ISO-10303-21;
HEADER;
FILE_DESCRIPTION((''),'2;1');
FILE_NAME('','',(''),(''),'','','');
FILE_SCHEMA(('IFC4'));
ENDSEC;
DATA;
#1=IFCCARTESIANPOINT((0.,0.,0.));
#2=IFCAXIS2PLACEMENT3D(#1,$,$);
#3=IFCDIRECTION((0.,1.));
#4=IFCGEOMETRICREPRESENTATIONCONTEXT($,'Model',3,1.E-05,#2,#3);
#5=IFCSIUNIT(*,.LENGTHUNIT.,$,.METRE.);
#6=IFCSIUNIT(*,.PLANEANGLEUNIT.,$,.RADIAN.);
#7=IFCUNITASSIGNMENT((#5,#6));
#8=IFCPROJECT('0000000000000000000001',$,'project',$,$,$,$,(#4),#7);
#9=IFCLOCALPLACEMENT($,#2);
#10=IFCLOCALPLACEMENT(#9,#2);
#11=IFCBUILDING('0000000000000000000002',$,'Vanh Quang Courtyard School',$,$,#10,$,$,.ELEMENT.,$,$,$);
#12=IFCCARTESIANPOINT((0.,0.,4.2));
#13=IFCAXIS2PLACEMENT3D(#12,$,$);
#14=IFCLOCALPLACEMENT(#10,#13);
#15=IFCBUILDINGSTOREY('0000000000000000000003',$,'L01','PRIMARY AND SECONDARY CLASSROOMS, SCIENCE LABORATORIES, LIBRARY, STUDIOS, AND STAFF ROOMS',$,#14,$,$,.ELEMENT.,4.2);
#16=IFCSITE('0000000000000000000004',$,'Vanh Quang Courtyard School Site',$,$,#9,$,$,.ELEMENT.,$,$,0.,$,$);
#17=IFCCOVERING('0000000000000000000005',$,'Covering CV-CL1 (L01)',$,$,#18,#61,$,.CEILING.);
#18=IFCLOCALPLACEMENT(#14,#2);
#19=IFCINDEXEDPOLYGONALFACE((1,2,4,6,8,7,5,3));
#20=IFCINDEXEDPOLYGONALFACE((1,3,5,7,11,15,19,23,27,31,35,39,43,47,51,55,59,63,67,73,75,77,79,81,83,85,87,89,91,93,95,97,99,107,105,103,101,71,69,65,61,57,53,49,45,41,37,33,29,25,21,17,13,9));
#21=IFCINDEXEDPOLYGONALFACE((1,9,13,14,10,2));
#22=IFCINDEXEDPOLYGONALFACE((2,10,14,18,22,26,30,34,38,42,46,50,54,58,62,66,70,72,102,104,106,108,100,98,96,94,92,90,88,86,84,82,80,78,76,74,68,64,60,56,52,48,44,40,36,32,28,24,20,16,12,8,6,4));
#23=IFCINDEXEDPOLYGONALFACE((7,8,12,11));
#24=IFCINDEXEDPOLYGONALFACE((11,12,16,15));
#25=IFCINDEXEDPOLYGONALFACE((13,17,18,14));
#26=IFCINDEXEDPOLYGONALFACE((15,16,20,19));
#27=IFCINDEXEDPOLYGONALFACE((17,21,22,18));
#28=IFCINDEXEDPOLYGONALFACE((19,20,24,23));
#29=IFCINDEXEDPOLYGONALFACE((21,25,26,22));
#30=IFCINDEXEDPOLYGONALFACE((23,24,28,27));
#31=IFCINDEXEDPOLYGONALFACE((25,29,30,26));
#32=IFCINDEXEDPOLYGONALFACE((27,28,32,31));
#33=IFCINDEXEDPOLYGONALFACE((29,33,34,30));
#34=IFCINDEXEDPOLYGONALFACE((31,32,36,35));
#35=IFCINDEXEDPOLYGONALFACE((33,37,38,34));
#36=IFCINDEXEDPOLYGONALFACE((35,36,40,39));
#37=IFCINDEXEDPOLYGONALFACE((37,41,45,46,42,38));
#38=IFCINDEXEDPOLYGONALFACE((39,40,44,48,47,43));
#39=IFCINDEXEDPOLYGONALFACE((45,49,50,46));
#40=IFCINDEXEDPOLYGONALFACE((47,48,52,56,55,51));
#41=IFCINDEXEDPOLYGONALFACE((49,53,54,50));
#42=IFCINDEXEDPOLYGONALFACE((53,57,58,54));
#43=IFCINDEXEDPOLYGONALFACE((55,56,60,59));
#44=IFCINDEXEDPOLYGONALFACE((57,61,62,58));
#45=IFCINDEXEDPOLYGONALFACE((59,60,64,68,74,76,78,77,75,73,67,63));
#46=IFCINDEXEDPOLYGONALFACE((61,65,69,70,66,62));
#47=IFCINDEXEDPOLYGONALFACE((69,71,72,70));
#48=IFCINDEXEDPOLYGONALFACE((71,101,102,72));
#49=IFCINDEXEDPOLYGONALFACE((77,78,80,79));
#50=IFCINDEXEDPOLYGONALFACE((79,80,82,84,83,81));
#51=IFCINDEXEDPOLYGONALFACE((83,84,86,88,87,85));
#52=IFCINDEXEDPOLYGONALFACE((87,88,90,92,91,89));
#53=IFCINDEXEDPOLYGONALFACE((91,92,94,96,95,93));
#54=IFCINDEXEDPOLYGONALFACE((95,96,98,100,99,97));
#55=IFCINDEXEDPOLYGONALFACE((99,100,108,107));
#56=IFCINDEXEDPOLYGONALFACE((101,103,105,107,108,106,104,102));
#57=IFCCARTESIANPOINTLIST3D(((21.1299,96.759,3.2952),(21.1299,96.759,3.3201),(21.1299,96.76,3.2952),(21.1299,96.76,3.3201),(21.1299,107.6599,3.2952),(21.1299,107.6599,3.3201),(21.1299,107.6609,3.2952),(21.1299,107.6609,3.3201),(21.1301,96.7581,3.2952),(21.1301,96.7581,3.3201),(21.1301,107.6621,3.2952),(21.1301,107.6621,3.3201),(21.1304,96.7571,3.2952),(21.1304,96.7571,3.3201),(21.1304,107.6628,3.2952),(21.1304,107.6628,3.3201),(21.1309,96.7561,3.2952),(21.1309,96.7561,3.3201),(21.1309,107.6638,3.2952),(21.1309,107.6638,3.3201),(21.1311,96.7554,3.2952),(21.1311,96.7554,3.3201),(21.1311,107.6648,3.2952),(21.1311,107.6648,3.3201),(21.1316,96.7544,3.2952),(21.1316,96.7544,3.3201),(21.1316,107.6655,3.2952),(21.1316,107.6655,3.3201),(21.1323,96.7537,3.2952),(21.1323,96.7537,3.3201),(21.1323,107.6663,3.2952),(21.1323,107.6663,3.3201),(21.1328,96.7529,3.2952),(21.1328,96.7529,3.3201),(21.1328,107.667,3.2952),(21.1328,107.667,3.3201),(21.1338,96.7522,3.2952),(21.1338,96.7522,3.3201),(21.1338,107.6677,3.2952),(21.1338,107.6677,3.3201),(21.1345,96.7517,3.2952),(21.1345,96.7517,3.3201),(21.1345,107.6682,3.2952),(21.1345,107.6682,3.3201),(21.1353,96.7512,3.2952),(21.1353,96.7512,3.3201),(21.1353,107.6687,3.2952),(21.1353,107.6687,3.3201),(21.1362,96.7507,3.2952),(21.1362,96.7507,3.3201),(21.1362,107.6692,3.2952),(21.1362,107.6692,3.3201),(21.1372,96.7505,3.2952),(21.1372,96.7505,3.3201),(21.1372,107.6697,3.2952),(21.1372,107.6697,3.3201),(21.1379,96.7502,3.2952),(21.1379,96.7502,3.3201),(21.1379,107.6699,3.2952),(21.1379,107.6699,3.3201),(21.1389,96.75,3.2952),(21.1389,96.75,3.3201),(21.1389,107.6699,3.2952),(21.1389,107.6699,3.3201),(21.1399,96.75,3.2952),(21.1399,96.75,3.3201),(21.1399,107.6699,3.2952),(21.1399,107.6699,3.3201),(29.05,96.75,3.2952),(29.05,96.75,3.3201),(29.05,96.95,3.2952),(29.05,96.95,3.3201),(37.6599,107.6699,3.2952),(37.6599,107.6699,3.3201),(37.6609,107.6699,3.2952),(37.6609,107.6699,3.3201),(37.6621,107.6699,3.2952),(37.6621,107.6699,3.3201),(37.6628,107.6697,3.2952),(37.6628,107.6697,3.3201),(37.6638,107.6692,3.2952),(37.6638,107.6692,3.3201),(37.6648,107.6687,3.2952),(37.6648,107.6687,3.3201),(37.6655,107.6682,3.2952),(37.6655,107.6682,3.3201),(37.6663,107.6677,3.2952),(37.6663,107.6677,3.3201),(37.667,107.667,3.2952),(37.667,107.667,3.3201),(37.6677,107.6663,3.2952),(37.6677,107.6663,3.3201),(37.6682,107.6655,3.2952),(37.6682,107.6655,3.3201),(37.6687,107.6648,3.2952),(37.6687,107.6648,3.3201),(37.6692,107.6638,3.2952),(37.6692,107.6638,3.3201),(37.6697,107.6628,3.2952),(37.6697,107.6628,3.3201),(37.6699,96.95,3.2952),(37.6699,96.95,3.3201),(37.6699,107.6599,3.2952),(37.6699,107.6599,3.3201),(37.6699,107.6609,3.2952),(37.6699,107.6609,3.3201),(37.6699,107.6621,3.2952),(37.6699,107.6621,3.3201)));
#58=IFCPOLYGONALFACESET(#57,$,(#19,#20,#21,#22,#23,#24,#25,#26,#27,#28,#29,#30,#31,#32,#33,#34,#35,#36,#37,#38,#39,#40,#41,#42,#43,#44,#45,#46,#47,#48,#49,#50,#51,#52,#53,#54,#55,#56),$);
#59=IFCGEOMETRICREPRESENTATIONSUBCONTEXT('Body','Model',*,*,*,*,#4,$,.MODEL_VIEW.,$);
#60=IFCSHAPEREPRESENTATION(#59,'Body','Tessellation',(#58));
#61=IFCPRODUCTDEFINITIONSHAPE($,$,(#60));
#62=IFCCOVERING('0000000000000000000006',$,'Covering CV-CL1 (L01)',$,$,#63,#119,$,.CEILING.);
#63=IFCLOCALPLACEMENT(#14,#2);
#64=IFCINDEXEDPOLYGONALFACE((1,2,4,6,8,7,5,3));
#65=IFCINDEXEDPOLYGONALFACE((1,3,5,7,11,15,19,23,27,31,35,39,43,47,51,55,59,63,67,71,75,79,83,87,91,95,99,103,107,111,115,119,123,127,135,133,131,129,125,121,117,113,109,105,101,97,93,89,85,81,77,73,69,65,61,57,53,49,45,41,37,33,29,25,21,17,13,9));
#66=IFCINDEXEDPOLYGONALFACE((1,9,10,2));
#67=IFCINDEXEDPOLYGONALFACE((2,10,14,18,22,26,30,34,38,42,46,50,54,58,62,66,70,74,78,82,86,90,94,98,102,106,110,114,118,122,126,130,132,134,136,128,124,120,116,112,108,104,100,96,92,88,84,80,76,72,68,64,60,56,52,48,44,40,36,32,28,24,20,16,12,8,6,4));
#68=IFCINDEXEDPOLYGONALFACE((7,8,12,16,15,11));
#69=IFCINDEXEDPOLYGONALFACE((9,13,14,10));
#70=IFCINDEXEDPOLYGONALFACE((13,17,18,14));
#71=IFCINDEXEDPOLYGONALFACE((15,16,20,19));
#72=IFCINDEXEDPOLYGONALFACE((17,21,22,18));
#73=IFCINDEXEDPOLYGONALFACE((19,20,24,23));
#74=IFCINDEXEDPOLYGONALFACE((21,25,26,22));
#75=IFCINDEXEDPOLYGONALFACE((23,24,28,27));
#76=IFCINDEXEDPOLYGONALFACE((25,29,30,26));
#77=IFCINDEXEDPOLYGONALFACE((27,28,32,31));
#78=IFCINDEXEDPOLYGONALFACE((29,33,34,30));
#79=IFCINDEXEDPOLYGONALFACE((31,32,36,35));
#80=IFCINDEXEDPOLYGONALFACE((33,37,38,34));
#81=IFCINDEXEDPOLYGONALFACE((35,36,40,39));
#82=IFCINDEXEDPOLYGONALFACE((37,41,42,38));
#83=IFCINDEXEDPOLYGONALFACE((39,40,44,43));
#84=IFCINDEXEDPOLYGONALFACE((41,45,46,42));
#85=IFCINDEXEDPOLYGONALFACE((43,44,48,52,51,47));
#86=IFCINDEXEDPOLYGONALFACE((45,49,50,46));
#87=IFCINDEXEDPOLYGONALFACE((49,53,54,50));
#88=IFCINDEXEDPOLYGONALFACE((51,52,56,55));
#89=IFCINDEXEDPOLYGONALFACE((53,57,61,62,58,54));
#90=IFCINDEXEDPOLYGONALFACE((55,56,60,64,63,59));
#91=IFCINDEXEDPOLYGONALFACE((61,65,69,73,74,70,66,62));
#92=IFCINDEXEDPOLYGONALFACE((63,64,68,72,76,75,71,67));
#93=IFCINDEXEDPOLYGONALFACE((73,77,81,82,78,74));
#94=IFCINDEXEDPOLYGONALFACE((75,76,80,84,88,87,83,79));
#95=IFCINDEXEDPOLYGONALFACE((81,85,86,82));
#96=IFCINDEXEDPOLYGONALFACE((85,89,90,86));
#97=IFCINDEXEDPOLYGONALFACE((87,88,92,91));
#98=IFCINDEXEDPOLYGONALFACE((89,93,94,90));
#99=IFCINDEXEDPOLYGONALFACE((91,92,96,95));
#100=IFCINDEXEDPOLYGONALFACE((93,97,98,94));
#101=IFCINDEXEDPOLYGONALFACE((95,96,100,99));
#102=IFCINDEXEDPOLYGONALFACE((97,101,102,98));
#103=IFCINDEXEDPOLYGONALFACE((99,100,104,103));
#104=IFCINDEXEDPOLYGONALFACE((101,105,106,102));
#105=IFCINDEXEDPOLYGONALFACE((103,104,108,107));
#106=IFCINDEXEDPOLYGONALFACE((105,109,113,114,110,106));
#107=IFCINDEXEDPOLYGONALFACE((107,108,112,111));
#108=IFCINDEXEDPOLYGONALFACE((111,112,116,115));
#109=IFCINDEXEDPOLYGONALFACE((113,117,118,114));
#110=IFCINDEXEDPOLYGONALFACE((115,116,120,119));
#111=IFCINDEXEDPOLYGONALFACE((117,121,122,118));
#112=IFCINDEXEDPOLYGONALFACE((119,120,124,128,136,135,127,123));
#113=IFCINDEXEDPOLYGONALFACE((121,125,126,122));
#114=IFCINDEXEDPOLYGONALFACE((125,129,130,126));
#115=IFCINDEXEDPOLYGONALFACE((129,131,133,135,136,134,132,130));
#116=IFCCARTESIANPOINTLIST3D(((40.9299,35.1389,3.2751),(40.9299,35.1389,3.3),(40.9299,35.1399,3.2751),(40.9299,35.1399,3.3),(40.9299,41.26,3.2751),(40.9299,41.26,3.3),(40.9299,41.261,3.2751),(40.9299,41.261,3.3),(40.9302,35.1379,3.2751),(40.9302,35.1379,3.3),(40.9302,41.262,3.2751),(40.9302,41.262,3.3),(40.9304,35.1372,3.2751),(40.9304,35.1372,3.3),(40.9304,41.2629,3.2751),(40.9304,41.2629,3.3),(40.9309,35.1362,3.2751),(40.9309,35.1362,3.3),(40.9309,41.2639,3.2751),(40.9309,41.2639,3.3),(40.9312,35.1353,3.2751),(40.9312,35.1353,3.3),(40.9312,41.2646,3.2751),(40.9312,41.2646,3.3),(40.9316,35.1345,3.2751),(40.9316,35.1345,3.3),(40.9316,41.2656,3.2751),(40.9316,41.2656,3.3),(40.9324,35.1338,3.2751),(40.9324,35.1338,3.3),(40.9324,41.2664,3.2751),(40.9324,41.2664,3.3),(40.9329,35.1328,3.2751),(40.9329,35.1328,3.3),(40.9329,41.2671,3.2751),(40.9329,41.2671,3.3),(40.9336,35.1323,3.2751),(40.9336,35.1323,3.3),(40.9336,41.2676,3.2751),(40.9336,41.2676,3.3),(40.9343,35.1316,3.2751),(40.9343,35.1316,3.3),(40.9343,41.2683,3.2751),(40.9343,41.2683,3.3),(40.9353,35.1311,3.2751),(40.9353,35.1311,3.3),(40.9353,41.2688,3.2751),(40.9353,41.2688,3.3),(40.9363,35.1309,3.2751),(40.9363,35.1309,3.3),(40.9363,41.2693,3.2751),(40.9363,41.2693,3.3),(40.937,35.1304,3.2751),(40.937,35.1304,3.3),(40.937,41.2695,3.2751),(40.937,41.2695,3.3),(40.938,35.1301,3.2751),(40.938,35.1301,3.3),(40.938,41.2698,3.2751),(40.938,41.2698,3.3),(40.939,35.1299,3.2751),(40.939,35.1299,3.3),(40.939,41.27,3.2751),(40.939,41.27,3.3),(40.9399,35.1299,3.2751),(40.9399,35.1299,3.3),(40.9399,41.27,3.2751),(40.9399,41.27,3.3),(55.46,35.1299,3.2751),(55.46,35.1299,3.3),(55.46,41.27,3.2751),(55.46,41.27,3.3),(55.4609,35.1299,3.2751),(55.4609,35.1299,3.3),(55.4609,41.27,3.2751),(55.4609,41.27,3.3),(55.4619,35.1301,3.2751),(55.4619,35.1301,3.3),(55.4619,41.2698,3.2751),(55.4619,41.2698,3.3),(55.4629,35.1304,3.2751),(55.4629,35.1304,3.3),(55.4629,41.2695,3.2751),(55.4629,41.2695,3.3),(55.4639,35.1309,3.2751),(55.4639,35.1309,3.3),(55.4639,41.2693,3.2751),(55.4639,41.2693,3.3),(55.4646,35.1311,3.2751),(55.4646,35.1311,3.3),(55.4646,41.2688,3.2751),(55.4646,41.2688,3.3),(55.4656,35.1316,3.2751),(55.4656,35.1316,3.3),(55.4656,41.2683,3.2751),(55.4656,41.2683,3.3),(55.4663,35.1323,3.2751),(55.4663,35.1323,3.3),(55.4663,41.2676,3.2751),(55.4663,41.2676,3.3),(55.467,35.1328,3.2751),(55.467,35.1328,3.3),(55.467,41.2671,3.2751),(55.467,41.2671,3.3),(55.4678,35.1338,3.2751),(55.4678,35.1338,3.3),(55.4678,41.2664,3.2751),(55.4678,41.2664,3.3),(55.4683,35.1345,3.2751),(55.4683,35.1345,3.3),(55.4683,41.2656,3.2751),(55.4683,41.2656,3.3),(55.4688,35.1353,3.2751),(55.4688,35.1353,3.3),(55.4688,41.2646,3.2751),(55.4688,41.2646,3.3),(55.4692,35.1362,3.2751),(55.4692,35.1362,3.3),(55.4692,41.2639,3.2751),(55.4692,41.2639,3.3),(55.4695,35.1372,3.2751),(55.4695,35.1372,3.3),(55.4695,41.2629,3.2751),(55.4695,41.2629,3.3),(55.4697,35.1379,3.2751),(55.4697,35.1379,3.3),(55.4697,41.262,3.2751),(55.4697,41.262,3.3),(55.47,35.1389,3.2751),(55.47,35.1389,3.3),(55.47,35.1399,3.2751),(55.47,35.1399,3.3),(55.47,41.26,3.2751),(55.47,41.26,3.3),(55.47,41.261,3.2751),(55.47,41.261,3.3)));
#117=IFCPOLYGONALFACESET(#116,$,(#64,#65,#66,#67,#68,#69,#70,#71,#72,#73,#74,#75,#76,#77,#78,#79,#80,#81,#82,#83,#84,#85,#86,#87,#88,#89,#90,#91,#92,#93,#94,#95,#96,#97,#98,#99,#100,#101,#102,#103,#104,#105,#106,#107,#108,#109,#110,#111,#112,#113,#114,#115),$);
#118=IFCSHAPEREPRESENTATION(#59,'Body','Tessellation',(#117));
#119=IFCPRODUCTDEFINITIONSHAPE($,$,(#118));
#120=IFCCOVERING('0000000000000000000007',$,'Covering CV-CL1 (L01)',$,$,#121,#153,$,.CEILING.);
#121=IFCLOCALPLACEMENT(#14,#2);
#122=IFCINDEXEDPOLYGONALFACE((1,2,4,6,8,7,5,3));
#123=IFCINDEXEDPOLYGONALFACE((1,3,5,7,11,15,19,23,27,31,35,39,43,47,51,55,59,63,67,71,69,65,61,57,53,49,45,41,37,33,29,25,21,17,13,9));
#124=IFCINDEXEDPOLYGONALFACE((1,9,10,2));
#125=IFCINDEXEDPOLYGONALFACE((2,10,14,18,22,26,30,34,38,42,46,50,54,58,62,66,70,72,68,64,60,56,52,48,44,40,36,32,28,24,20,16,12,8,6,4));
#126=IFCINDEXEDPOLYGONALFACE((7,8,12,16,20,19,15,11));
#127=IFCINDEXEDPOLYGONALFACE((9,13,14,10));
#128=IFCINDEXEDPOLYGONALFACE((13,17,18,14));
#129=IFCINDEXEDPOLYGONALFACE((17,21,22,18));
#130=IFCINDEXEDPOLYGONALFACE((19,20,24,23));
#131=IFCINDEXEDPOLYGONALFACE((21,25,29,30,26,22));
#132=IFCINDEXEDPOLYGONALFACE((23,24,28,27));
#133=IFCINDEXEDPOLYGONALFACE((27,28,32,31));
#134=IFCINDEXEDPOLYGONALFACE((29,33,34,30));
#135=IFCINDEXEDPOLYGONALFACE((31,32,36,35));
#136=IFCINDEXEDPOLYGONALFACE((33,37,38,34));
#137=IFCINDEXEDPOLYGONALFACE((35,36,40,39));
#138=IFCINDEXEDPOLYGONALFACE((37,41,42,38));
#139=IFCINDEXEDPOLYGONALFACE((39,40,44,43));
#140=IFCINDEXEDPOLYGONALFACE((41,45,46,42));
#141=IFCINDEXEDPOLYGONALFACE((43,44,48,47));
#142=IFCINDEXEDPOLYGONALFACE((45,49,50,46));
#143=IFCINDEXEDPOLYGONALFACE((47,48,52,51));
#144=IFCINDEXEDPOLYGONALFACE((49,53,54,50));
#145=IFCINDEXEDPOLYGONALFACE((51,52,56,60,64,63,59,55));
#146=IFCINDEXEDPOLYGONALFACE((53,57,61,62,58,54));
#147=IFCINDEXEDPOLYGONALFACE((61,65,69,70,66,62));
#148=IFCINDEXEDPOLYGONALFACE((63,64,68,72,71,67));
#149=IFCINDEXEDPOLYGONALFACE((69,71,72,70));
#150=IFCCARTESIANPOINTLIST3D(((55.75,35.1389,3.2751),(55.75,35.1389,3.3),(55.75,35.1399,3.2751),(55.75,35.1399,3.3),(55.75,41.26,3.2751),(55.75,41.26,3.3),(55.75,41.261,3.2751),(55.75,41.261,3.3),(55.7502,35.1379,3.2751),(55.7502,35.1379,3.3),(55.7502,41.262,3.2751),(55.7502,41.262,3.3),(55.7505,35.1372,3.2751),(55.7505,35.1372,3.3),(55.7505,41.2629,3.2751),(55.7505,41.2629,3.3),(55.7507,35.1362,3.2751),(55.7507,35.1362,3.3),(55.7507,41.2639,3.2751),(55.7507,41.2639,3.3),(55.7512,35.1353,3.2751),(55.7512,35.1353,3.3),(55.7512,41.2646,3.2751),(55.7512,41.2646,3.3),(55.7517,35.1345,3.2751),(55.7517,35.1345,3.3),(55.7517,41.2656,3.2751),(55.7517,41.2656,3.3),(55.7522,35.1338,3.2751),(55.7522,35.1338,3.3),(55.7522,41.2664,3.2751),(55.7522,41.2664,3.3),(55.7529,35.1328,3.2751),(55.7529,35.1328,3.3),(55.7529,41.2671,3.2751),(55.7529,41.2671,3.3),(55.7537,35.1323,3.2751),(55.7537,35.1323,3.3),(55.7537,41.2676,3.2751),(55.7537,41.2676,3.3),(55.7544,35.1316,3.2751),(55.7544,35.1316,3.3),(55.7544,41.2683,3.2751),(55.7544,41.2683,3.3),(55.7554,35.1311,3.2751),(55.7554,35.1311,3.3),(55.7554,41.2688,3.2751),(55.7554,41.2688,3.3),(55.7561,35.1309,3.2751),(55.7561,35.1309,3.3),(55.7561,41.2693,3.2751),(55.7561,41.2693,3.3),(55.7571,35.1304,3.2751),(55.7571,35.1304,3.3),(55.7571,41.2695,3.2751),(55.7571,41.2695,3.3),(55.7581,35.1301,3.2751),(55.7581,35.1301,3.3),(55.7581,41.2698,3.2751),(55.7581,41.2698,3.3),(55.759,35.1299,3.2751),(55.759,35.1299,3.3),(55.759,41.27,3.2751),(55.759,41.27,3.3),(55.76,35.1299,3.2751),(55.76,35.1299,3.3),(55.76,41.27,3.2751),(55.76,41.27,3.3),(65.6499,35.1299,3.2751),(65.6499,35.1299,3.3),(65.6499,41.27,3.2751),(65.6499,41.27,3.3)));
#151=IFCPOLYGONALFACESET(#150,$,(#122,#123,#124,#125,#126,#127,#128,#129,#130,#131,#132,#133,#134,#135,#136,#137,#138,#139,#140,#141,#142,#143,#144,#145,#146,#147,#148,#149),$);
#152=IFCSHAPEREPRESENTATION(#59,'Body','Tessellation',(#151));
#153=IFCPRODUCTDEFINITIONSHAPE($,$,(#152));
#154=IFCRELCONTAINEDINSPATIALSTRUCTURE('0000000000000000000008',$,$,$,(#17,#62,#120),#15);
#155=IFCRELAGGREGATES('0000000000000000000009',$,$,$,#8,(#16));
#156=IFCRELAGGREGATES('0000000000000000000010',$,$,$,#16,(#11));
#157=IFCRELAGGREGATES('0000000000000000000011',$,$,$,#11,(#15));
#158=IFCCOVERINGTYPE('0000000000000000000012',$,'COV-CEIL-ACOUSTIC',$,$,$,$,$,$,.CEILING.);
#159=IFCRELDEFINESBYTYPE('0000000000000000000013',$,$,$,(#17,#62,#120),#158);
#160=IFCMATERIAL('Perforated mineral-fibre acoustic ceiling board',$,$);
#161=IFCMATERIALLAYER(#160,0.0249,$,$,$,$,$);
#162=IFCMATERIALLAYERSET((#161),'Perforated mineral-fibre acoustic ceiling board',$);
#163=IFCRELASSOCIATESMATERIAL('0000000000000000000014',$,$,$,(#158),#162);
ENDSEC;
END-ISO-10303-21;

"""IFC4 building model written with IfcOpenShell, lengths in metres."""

from ifc_helpers import new_model, si_unit, direction, frame, origin, place, context, subcontext, project, spatial, polyline, outline, extrude, material, layer, layer_set, type_object, element, save


model = new_model("IFC4")

# Units and contexts
model_context = context("Model", 3, precision=1e-05, world=origin(), true_north=direction((0.0, 1.0)))
body_context = subcontext(model_context, "Body", "Model", "MODEL_VIEW")
ifc_project = project(units=[si_unit("LENGTHUNIT", "METRE"), si_unit("PLANEANGLEUNIT", "RADIAN")], contexts=[model_context])

# Site, building, storey
site_placement = place(None, origin())
site = spatial("IfcSite", under=ifc_project, at=site_placement, Name="Vanh Quang Courtyard School Site", CompositionType="ELEMENT", RefElevation=0.0)
building_placement = place(site_placement, origin())
building = spatial("IfcBuilding", under=site, at=building_placement, Name="Vanh Quang Courtyard School", CompositionType="ELEMENT")
storey_placement = place(building_placement, frame((0.0, 0.0, 4.2)))
storey = spatial("IfcBuildingStorey", under=building, at=storey_placement, Name="L01", Description="PRIMARY AND SECONDARY CLASSROOMS, SCIENCE LABORATORIES, LIBRARY, STUDIOS, AND STAFF ROOMS", CompositionType="ELEMENT", Elevation=4.2)

# Coverings
ifc_material_1 = material(Name="Perforated mineral-fibre acoustic ceiling board")
ifc_layer_1 = layer(ifc_material_1, 0.0249)
ifc_layer_set_1 = layer_set([ifc_layer_1], Name="Perforated mineral-fibre acoustic ceiling board")
covering_type_1 = type_object("IfcCoveringType", Name="COV-CEIL-ACOUSTIC", PredefinedType="CEILING", material=ifc_layer_set_1)
covering_1_placement = place(storey_placement, frame((0.0, 0.0, 3.2952)))
element("IfcCovering", 1, at=covering_1_placement, inside=storey, type_object=covering_type_1, Name="Covering CV-CL1 (L01)", PredefinedType="CEILING", context=body_context, shape_type="SweptSolid", body=[
    extrude(outline(polyline([(21.1399, 96.75), (21.1389, 96.75), (21.1379, 96.7502), (21.1372, 96.7505), (21.1362, 96.7507), (21.1353, 96.7512), (21.1345, 96.7517), (21.1338, 96.7522), (21.1328, 96.7529), (21.1323, 96.7537), (21.1316, 96.7544), (21.1311, 96.7554), (21.1309, 96.7561), (21.1304, 96.7571), (21.1301, 96.7581), (21.1299, 96.759), (21.1299, 96.76), (21.1299, 107.6599), (21.1299, 107.6609), (21.1301, 107.6621), (21.1304, 107.6628), (21.1309, 107.6638), (21.1311, 107.6648), (21.1316, 107.6655), (21.1323, 107.6663), (21.1328, 107.667), (21.1338, 107.6677), (21.1345, 107.6682), (21.1353, 107.6687), (21.1362, 107.6692), (21.1372, 107.6697), (21.1379, 107.6699), (21.1389, 107.6699), (21.1399, 107.6699), (37.6599, 107.6699), (37.6609, 107.6699), (37.6621, 107.6699), (37.6628, 107.6697), (37.6638, 107.6692), (37.6648, 107.6687), (37.6655, 107.6682), (37.6663, 107.6677), (37.667, 107.667), (37.6677, 107.6663), (37.6682, 107.6655), (37.6687, 107.6648), (37.6692, 107.6638), (37.6697, 107.6628), (37.6699, 107.6621), (37.6699, 107.6609), (37.6699, 107.6599), (37.6699, 96.95), (29.05, 96.95), (29.05, 96.75), (21.1399, 96.75)])), origin(), (0.0, 0.0, 1.0), 0.0249),
])
covering_2_placement = place(storey_placement, frame((0.0, 0.0, 3.2751)))
element("IfcCovering", 2, at=covering_2_placement, inside=storey, type_object=covering_type_1, Name="Covering CV-CL1 (L01)", PredefinedType="CEILING", context=body_context, shape_type="SweptSolid", body=[
    extrude(outline(polyline([(55.47, 35.1399), (55.47, 35.1389), (55.4697, 35.1379), (55.4695, 35.1372), (55.4692, 35.1362), (55.4688, 35.1353), (55.4683, 35.1345), (55.4678, 35.1338), (55.467, 35.1328), (55.4663, 35.1323), (55.4656, 35.1316), (55.4646, 35.1311), (55.4639, 35.1309), (55.4629, 35.1304), (55.4619, 35.1301), (55.4609, 35.1299), (55.46, 35.1299), (40.9399, 35.1299), (40.939, 35.1299), (40.938, 35.1301), (40.937, 35.1304), (40.9363, 35.1309), (40.9353, 35.1311), (40.9343, 35.1316), (40.9336, 35.1323), (40.9329, 35.1328), (40.9324, 35.1338), (40.9316, 35.1345), (40.9312, 35.1353), (40.9309, 35.1362), (40.9304, 35.1372), (40.9302, 35.1379), (40.9299, 35.1389), (40.9299, 35.1399), (40.9299, 41.26), (40.9299, 41.261), (40.9302, 41.262), (40.9304, 41.2629), (40.9309, 41.2639), (40.9312, 41.2646), (40.9316, 41.2656), (40.9324, 41.2664), (40.9329, 41.2671), (40.9336, 41.2676), (40.9343, 41.2683), (40.9353, 41.2688), (40.9363, 41.2693), (40.937, 41.2695), (40.938, 41.2698), (40.939, 41.27), (40.9399, 41.27), (55.46, 41.27), (55.4609, 41.27), (55.4619, 41.2698), (55.4629, 41.2695), (55.4639, 41.2693), (55.4646, 41.2688), (55.4656, 41.2683), (55.4663, 41.2676), (55.467, 41.2671), (55.4678, 41.2664), (55.4683, 41.2656), (55.4688, 41.2646), (55.4692, 41.2639), (55.4695, 41.2629), (55.4697, 41.262), (55.47, 41.261), (55.47, 41.26), (55.47, 35.1399)])), origin(), (0.0, 0.0, 1.0), 0.0249),
])
covering_3_placement = place(storey_placement, frame((0.0, 0.0, 3.2751)))
element("IfcCovering", 3, at=covering_3_placement, inside=storey, type_object=covering_type_1, Name="Covering CV-CL1 (L01)", PredefinedType="CEILING", context=body_context, shape_type="SweptSolid", body=[
    extrude(outline(polyline([(55.76, 35.1299), (55.759, 35.1299), (55.7581, 35.1301), (55.7571, 35.1304), (55.7561, 35.1309), (55.7554, 35.1311), (55.7544, 35.1316), (55.7537, 35.1323), (55.7529, 35.1328), (55.7522, 35.1338), (55.7517, 35.1345), (55.7512, 35.1353), (55.7507, 35.1362), (55.7505, 35.1372), (55.7502, 35.1379), (55.75, 35.1389), (55.75, 35.1399), (55.75, 41.26), (55.75, 41.261), (55.7502, 41.262), (55.7505, 41.2629), (55.7507, 41.2639), (55.7512, 41.2646), (55.7517, 41.2656), (55.7522, 41.2664), (55.7529, 41.2671), (55.7537, 41.2676), (55.7544, 41.2683), (55.7554, 41.2688), (55.7561, 41.2693), (55.7571, 41.2695), (55.7581, 41.2698), (55.759, 41.27), (55.76, 41.27), (65.6499, 41.27), (65.6499, 35.1299), (55.76, 35.1299)])), origin(), (0.0, 0.0, 1.0), 0.0249),
])

save(model, "model.ifc")
